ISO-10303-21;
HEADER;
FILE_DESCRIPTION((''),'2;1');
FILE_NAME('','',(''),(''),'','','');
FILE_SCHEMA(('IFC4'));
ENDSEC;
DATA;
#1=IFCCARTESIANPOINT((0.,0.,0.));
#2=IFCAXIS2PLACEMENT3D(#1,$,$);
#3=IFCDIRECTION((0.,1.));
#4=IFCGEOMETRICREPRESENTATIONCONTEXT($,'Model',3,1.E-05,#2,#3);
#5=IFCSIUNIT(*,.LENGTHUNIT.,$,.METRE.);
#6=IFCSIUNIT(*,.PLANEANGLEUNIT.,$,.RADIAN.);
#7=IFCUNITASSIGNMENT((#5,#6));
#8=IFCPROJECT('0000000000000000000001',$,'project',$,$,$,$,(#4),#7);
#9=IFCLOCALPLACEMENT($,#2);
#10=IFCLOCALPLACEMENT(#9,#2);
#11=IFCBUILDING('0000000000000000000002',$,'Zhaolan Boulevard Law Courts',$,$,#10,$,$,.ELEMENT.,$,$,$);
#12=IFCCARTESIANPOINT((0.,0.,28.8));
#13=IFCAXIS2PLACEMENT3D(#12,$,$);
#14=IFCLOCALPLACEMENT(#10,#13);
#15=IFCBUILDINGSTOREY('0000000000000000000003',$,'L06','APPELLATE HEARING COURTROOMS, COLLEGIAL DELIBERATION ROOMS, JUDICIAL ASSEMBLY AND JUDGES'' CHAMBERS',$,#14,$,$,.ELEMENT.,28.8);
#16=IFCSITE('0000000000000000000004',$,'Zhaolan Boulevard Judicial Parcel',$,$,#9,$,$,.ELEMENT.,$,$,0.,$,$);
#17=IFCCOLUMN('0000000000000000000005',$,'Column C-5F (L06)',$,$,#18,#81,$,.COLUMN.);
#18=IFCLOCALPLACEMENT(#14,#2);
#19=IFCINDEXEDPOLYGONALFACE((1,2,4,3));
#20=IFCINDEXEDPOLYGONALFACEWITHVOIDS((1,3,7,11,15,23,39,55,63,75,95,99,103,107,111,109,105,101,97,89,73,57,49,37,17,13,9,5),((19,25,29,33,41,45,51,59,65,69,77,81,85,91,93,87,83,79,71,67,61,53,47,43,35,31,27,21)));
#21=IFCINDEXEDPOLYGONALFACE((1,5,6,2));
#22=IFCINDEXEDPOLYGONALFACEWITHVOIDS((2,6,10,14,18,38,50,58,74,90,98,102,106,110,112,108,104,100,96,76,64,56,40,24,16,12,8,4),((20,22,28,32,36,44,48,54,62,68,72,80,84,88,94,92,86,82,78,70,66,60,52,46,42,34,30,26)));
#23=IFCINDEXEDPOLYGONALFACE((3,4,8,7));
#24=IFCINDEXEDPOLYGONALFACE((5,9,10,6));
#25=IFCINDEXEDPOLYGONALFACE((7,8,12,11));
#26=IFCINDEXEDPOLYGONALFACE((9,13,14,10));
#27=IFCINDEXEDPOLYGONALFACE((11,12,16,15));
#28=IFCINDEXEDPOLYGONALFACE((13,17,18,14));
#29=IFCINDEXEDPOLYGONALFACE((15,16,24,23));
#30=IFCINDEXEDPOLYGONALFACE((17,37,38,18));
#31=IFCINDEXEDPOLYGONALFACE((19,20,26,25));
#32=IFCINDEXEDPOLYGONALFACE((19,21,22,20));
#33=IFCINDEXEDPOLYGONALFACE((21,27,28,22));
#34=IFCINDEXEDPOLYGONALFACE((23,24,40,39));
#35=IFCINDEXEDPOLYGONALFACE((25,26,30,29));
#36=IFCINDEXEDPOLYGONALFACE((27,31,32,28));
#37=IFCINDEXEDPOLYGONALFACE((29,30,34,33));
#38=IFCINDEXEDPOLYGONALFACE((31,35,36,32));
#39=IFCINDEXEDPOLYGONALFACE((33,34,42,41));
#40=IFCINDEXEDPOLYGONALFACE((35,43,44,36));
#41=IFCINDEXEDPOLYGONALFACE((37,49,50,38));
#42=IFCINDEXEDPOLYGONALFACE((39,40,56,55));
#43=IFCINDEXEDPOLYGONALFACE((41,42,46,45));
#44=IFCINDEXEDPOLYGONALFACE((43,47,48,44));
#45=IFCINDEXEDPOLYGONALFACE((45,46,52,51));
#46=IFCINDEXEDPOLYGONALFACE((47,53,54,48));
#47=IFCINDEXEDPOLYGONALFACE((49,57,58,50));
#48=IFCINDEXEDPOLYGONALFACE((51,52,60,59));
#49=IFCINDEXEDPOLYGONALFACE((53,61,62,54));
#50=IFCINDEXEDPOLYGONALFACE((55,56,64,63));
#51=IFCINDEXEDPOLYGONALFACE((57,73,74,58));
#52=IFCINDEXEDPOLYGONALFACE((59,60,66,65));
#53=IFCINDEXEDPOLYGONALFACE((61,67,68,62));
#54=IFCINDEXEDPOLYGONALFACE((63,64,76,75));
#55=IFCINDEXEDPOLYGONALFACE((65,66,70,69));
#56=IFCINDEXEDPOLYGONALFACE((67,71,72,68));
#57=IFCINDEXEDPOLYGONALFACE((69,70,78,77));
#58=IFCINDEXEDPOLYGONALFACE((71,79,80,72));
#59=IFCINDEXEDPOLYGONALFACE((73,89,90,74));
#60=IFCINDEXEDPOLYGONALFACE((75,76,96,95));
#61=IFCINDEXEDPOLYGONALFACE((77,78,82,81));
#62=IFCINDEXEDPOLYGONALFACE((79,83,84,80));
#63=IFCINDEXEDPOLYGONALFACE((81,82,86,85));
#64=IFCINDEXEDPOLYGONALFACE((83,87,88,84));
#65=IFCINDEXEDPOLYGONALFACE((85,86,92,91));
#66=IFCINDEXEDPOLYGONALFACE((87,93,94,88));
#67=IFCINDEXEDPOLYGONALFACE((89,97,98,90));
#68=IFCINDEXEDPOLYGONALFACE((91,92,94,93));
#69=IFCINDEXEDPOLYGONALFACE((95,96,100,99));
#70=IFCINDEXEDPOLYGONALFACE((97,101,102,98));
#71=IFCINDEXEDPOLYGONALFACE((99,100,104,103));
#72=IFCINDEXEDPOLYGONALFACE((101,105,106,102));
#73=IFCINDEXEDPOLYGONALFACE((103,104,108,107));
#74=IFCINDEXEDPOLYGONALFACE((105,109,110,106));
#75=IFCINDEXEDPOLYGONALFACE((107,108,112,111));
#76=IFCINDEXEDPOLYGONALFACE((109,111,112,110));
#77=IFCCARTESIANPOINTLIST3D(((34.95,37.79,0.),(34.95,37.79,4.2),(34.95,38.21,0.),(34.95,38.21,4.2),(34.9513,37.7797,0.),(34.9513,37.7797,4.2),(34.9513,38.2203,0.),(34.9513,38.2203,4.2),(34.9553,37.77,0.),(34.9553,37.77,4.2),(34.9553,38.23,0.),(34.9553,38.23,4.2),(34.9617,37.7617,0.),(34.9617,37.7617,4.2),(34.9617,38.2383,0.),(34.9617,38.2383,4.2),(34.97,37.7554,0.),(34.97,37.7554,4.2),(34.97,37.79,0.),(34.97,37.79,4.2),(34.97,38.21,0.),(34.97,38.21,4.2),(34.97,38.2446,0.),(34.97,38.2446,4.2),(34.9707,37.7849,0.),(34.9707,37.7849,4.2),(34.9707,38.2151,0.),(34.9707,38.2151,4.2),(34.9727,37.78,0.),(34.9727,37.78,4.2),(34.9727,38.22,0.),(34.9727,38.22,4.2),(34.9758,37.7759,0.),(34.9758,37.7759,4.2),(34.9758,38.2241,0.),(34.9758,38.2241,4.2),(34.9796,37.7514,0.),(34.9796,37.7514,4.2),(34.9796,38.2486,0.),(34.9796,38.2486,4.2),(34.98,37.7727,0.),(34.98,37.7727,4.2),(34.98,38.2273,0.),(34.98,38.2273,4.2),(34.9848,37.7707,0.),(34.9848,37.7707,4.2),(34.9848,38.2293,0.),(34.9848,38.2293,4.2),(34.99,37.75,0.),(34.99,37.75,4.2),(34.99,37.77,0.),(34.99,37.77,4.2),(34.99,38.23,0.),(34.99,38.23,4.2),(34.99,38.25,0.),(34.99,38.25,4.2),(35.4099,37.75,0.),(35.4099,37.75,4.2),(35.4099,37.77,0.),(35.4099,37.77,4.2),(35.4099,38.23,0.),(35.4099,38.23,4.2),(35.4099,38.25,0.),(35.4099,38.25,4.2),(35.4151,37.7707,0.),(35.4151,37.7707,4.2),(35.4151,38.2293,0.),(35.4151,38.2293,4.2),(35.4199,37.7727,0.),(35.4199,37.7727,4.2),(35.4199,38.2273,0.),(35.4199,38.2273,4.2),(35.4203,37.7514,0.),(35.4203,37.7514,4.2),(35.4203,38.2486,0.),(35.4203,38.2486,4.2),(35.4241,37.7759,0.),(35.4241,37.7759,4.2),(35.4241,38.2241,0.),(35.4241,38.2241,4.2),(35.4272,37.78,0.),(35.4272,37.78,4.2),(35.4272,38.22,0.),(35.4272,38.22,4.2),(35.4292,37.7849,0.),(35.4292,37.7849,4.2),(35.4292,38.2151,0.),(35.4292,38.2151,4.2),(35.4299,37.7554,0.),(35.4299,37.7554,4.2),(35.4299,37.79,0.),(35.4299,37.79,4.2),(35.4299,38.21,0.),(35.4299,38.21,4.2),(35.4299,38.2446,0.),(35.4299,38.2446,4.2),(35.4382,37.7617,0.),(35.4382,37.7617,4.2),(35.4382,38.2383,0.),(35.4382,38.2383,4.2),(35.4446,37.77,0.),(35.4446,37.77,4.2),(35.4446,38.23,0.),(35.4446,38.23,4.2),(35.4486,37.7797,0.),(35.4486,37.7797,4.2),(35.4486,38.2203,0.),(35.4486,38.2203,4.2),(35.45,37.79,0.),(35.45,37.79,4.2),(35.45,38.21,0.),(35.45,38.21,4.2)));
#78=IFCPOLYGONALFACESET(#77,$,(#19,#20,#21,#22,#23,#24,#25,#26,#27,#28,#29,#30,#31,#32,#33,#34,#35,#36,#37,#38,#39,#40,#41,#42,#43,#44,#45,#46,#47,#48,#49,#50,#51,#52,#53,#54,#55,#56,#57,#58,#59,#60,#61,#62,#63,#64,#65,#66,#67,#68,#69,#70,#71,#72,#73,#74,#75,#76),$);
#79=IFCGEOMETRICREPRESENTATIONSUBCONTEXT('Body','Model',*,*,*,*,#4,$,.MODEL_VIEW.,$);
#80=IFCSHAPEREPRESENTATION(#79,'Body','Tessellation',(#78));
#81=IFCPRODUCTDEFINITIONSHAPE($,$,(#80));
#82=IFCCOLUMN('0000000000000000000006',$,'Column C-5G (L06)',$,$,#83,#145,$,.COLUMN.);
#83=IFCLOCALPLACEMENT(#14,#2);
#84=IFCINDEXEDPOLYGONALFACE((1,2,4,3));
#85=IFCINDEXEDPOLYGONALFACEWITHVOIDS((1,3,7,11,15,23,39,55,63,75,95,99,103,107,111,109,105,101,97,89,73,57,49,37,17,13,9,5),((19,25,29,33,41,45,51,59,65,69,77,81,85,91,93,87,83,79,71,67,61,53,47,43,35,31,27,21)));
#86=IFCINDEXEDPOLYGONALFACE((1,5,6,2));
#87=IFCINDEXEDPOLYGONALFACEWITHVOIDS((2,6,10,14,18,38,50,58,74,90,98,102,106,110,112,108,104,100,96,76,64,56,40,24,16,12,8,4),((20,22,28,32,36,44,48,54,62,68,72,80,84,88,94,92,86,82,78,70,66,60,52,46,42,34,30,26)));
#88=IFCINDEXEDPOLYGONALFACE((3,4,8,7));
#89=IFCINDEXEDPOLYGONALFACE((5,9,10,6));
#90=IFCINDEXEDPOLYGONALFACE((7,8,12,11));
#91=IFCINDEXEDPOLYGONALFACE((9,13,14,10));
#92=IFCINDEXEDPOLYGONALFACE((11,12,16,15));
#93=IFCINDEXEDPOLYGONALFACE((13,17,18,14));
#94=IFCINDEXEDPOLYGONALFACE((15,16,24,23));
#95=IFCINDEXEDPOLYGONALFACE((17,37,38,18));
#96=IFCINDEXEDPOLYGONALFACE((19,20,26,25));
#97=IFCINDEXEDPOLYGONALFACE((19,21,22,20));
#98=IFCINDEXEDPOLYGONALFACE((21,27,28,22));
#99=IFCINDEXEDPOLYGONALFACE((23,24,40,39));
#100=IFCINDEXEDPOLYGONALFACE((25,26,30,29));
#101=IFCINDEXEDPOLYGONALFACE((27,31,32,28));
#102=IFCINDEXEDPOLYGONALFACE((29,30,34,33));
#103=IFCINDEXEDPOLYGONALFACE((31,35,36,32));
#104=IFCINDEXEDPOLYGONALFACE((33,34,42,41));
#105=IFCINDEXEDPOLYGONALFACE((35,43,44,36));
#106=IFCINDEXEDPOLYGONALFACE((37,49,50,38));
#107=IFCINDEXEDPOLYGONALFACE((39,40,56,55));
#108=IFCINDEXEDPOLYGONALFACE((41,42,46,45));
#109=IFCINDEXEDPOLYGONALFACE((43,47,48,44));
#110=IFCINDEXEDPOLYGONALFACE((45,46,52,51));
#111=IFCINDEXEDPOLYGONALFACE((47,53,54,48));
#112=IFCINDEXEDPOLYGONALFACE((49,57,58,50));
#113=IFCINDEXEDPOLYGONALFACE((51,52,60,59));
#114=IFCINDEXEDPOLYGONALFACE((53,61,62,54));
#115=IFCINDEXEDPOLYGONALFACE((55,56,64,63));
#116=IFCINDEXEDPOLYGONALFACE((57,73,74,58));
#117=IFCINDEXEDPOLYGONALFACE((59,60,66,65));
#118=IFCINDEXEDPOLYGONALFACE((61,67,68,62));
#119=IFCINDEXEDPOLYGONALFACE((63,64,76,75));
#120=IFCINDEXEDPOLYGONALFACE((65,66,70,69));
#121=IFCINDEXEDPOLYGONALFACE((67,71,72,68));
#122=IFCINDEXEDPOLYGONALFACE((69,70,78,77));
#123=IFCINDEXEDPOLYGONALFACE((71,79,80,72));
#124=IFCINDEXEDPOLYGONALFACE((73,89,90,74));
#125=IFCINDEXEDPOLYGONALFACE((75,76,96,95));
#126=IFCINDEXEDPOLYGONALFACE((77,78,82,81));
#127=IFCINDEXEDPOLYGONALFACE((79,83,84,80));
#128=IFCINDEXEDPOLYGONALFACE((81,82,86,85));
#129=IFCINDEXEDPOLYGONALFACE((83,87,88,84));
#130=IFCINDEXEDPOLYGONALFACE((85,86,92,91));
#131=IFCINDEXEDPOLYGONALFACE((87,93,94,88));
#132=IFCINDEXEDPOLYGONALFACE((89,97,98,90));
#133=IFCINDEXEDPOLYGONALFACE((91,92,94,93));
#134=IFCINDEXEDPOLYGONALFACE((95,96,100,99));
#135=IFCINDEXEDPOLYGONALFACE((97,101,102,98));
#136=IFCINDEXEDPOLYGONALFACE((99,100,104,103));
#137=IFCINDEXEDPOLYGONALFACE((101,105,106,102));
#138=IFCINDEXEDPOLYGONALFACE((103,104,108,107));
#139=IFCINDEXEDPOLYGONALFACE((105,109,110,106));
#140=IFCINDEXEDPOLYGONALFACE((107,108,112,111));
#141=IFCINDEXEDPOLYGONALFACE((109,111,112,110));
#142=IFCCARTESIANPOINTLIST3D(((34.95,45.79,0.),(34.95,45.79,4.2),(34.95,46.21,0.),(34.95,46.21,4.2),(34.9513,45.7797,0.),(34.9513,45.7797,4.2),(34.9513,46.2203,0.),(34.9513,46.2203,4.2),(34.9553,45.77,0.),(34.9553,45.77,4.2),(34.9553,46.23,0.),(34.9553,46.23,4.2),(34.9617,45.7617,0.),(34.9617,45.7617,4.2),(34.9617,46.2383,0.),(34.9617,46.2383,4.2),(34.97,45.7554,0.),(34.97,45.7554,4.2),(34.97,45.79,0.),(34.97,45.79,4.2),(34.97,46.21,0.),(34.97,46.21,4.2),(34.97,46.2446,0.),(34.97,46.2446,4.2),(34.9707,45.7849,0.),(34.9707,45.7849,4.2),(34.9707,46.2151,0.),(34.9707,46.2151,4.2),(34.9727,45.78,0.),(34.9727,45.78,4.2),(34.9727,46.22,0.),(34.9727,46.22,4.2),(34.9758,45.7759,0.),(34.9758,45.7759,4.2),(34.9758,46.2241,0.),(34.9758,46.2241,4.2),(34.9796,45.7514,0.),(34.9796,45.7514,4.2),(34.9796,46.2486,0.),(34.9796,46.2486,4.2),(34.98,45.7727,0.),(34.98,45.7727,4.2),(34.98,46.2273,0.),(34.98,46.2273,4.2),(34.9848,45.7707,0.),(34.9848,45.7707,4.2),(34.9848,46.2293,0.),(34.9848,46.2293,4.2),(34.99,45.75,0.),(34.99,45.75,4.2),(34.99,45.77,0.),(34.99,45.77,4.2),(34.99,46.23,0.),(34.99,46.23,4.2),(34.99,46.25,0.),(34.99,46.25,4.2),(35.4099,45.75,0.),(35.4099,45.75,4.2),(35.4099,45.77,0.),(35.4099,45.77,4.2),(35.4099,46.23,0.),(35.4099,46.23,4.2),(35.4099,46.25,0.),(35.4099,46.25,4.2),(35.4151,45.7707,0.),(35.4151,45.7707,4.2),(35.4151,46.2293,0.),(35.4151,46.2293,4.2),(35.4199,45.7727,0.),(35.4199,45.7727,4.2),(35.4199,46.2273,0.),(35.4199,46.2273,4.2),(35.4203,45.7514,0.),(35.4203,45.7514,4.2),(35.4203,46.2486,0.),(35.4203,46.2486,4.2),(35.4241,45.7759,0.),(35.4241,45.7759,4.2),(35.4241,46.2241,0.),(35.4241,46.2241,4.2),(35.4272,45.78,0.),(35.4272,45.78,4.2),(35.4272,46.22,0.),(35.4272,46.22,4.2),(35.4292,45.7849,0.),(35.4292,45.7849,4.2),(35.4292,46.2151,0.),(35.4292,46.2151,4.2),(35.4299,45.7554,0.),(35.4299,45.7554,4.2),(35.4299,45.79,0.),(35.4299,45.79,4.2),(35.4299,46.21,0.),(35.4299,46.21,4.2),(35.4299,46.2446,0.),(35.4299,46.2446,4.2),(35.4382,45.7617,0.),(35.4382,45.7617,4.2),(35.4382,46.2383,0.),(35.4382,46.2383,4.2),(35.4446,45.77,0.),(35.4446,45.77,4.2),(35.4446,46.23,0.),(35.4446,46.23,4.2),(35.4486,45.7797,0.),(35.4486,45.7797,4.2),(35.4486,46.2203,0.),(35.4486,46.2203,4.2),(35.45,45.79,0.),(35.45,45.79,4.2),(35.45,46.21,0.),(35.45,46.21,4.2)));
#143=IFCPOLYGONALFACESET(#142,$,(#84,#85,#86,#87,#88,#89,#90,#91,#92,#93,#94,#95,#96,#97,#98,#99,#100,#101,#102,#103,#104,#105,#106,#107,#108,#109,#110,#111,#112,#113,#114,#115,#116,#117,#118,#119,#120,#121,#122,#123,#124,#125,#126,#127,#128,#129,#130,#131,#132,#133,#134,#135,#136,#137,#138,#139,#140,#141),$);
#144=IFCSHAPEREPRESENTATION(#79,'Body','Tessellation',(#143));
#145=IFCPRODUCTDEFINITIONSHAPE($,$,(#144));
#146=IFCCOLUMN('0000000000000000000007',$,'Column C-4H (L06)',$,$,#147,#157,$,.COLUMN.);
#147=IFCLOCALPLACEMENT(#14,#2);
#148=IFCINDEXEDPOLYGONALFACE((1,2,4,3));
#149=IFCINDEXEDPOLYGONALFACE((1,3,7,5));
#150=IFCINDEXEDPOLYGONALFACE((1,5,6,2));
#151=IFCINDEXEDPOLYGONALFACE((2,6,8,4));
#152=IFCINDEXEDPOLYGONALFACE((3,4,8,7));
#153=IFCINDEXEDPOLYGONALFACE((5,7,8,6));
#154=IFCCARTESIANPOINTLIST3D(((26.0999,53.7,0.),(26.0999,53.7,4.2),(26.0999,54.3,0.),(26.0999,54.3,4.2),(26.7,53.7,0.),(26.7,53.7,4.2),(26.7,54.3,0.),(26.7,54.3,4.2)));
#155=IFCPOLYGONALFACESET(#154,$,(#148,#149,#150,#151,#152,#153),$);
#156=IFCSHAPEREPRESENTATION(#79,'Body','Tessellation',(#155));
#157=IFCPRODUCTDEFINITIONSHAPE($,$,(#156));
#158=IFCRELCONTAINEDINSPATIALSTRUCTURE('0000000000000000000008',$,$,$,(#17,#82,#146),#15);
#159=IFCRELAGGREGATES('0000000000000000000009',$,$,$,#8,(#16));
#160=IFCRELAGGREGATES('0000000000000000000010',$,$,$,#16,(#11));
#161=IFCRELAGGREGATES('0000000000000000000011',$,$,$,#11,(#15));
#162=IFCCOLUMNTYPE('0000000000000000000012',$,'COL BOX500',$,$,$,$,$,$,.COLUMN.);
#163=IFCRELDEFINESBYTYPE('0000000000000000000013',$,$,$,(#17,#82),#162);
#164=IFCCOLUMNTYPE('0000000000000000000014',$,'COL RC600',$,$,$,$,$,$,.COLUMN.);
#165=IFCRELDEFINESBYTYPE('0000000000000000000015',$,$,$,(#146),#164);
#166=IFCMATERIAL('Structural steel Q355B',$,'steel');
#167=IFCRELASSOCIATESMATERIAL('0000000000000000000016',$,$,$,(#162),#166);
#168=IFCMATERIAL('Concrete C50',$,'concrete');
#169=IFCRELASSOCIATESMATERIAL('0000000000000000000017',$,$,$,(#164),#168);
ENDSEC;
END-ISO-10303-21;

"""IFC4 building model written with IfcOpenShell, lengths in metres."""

from ifc_helpers import new_model, si_unit, direction, frame, origin, origin_2d, place, context, subcontext, project, spatial, rectangle, hollow_rectangle, extrude, material, material_profile, profile_set, type_object, element, save


model = new_model("IFC4")

# Units and contexts
model_context = context("Model", 3, precision=1e-05, world=origin(), true_north=direction((0.0, 1.0)))
body_context = subcontext(model_context, "Body", "Model", "MODEL_VIEW")
ifc_project = project(units=[si_unit("LENGTHUNIT", "METRE"), si_unit("PLANEANGLEUNIT", "RADIAN")], contexts=[model_context])

# Site, building, storey
site_placement = place(None, origin())
site = spatial("IfcSite", under=ifc_project, at=site_placement, Name="Zhaolan Boulevard Judicial Parcel", CompositionType="ELEMENT", RefElevation=0.0)
building_placement = place(site_placement, origin())
building = spatial("IfcBuilding", under=site, at=building_placement, Name="Zhaolan Boulevard Law Courts", CompositionType="ELEMENT")
storey_placement = place(building_placement, frame((0.0, 0.0, 28.8)))
storey = spatial("IfcBuildingStorey", under=building, at=storey_placement, Name="L06", Description="APPELLATE HEARING COURTROOMS, COLLEGIAL DELIBERATION ROOMS, JUDICIAL ASSEMBLY AND JUDGES' CHAMBERS", CompositionType="ELEMENT", Elevation=28.8)

# Columns
ifc_material_1 = material(Name="Structural steel Q355B", Category="steel")
ifc_material_profile_1 = material_profile(ifc_material_1, hollow_rectangle(XDim=0.5, YDim=0.5, WallThickness=0.02, InnerFilletRadius=0.02, OuterFilletRadius=0.04, at=origin_2d()), Name="BOX500x500x20")
ifc_profile_set_1 = profile_set([ifc_material_profile_1], Name="Structural steel Q355B")
column_type_1 = type_object("IfcColumnType", Name="COL BOX500", PredefinedType="COLUMN", material=ifc_profile_set_1)
for number, where, z_axis, x_axis, name in (
    (1, (35.2, 38.0, 0.0), (0.0, 0.0, 1.0), (1.0, 0.0, 0.0), "Column C-5F (L06)"),
    (2, (35.2, 46.0, 0.0), (0.0, 0.0, 1.0), (1.0, 0.0, 0.0), "Column C-5G (L06)"),
):
    element("IfcColumn", number, at=place(storey_placement, frame(where, z_axis=z_axis, x_axis=x_axis)), inside=storey, type_object=column_type_1, Name=name, PredefinedType="COLUMN", context=body_context, shape_type="SweptSolid", body=[
        extrude(hollow_rectangle(XDim=0.5, YDim=0.5, WallThickness=0.02, InnerFilletRadius=0.02, OuterFilletRadius=0.04, at=origin_2d()), origin(), (0.0, 0.0, 1.0), 4.2),
    ])
ifc_material_2 = material(Name="Concrete C50", Category="concrete")
ifc_material_profile_2 = material_profile(ifc_material_2, rectangle(XDim=0.6001, YDim=0.6001, at=origin_2d()), Name="RC600x600")
ifc_profile_set_2 = profile_set([ifc_material_profile_2], Name="Concrete C50")
column_type_2 = type_object("IfcColumnType", Name="COL RC600", PredefinedType="COLUMN", material=ifc_profile_set_2)
column_placement = place(storey_placement, frame((26.3999, 54.0, 0.0), z_axis=(0.0, 0.0, 1.0), x_axis=(1.0, 0.0, 0.0)))
element("IfcColumn", 3, at=column_placement, inside=storey, type_object=column_type_2, Name="Column C-4H (L06)", PredefinedType="COLUMN", context=body_context, shape_type="SweptSolid", body=[
    extrude(rectangle(XDim=0.6001, YDim=0.6001, at=origin_2d()), origin(), (0.0, 0.0, 1.0), 4.2),
])

save(model, "model.ifc")
